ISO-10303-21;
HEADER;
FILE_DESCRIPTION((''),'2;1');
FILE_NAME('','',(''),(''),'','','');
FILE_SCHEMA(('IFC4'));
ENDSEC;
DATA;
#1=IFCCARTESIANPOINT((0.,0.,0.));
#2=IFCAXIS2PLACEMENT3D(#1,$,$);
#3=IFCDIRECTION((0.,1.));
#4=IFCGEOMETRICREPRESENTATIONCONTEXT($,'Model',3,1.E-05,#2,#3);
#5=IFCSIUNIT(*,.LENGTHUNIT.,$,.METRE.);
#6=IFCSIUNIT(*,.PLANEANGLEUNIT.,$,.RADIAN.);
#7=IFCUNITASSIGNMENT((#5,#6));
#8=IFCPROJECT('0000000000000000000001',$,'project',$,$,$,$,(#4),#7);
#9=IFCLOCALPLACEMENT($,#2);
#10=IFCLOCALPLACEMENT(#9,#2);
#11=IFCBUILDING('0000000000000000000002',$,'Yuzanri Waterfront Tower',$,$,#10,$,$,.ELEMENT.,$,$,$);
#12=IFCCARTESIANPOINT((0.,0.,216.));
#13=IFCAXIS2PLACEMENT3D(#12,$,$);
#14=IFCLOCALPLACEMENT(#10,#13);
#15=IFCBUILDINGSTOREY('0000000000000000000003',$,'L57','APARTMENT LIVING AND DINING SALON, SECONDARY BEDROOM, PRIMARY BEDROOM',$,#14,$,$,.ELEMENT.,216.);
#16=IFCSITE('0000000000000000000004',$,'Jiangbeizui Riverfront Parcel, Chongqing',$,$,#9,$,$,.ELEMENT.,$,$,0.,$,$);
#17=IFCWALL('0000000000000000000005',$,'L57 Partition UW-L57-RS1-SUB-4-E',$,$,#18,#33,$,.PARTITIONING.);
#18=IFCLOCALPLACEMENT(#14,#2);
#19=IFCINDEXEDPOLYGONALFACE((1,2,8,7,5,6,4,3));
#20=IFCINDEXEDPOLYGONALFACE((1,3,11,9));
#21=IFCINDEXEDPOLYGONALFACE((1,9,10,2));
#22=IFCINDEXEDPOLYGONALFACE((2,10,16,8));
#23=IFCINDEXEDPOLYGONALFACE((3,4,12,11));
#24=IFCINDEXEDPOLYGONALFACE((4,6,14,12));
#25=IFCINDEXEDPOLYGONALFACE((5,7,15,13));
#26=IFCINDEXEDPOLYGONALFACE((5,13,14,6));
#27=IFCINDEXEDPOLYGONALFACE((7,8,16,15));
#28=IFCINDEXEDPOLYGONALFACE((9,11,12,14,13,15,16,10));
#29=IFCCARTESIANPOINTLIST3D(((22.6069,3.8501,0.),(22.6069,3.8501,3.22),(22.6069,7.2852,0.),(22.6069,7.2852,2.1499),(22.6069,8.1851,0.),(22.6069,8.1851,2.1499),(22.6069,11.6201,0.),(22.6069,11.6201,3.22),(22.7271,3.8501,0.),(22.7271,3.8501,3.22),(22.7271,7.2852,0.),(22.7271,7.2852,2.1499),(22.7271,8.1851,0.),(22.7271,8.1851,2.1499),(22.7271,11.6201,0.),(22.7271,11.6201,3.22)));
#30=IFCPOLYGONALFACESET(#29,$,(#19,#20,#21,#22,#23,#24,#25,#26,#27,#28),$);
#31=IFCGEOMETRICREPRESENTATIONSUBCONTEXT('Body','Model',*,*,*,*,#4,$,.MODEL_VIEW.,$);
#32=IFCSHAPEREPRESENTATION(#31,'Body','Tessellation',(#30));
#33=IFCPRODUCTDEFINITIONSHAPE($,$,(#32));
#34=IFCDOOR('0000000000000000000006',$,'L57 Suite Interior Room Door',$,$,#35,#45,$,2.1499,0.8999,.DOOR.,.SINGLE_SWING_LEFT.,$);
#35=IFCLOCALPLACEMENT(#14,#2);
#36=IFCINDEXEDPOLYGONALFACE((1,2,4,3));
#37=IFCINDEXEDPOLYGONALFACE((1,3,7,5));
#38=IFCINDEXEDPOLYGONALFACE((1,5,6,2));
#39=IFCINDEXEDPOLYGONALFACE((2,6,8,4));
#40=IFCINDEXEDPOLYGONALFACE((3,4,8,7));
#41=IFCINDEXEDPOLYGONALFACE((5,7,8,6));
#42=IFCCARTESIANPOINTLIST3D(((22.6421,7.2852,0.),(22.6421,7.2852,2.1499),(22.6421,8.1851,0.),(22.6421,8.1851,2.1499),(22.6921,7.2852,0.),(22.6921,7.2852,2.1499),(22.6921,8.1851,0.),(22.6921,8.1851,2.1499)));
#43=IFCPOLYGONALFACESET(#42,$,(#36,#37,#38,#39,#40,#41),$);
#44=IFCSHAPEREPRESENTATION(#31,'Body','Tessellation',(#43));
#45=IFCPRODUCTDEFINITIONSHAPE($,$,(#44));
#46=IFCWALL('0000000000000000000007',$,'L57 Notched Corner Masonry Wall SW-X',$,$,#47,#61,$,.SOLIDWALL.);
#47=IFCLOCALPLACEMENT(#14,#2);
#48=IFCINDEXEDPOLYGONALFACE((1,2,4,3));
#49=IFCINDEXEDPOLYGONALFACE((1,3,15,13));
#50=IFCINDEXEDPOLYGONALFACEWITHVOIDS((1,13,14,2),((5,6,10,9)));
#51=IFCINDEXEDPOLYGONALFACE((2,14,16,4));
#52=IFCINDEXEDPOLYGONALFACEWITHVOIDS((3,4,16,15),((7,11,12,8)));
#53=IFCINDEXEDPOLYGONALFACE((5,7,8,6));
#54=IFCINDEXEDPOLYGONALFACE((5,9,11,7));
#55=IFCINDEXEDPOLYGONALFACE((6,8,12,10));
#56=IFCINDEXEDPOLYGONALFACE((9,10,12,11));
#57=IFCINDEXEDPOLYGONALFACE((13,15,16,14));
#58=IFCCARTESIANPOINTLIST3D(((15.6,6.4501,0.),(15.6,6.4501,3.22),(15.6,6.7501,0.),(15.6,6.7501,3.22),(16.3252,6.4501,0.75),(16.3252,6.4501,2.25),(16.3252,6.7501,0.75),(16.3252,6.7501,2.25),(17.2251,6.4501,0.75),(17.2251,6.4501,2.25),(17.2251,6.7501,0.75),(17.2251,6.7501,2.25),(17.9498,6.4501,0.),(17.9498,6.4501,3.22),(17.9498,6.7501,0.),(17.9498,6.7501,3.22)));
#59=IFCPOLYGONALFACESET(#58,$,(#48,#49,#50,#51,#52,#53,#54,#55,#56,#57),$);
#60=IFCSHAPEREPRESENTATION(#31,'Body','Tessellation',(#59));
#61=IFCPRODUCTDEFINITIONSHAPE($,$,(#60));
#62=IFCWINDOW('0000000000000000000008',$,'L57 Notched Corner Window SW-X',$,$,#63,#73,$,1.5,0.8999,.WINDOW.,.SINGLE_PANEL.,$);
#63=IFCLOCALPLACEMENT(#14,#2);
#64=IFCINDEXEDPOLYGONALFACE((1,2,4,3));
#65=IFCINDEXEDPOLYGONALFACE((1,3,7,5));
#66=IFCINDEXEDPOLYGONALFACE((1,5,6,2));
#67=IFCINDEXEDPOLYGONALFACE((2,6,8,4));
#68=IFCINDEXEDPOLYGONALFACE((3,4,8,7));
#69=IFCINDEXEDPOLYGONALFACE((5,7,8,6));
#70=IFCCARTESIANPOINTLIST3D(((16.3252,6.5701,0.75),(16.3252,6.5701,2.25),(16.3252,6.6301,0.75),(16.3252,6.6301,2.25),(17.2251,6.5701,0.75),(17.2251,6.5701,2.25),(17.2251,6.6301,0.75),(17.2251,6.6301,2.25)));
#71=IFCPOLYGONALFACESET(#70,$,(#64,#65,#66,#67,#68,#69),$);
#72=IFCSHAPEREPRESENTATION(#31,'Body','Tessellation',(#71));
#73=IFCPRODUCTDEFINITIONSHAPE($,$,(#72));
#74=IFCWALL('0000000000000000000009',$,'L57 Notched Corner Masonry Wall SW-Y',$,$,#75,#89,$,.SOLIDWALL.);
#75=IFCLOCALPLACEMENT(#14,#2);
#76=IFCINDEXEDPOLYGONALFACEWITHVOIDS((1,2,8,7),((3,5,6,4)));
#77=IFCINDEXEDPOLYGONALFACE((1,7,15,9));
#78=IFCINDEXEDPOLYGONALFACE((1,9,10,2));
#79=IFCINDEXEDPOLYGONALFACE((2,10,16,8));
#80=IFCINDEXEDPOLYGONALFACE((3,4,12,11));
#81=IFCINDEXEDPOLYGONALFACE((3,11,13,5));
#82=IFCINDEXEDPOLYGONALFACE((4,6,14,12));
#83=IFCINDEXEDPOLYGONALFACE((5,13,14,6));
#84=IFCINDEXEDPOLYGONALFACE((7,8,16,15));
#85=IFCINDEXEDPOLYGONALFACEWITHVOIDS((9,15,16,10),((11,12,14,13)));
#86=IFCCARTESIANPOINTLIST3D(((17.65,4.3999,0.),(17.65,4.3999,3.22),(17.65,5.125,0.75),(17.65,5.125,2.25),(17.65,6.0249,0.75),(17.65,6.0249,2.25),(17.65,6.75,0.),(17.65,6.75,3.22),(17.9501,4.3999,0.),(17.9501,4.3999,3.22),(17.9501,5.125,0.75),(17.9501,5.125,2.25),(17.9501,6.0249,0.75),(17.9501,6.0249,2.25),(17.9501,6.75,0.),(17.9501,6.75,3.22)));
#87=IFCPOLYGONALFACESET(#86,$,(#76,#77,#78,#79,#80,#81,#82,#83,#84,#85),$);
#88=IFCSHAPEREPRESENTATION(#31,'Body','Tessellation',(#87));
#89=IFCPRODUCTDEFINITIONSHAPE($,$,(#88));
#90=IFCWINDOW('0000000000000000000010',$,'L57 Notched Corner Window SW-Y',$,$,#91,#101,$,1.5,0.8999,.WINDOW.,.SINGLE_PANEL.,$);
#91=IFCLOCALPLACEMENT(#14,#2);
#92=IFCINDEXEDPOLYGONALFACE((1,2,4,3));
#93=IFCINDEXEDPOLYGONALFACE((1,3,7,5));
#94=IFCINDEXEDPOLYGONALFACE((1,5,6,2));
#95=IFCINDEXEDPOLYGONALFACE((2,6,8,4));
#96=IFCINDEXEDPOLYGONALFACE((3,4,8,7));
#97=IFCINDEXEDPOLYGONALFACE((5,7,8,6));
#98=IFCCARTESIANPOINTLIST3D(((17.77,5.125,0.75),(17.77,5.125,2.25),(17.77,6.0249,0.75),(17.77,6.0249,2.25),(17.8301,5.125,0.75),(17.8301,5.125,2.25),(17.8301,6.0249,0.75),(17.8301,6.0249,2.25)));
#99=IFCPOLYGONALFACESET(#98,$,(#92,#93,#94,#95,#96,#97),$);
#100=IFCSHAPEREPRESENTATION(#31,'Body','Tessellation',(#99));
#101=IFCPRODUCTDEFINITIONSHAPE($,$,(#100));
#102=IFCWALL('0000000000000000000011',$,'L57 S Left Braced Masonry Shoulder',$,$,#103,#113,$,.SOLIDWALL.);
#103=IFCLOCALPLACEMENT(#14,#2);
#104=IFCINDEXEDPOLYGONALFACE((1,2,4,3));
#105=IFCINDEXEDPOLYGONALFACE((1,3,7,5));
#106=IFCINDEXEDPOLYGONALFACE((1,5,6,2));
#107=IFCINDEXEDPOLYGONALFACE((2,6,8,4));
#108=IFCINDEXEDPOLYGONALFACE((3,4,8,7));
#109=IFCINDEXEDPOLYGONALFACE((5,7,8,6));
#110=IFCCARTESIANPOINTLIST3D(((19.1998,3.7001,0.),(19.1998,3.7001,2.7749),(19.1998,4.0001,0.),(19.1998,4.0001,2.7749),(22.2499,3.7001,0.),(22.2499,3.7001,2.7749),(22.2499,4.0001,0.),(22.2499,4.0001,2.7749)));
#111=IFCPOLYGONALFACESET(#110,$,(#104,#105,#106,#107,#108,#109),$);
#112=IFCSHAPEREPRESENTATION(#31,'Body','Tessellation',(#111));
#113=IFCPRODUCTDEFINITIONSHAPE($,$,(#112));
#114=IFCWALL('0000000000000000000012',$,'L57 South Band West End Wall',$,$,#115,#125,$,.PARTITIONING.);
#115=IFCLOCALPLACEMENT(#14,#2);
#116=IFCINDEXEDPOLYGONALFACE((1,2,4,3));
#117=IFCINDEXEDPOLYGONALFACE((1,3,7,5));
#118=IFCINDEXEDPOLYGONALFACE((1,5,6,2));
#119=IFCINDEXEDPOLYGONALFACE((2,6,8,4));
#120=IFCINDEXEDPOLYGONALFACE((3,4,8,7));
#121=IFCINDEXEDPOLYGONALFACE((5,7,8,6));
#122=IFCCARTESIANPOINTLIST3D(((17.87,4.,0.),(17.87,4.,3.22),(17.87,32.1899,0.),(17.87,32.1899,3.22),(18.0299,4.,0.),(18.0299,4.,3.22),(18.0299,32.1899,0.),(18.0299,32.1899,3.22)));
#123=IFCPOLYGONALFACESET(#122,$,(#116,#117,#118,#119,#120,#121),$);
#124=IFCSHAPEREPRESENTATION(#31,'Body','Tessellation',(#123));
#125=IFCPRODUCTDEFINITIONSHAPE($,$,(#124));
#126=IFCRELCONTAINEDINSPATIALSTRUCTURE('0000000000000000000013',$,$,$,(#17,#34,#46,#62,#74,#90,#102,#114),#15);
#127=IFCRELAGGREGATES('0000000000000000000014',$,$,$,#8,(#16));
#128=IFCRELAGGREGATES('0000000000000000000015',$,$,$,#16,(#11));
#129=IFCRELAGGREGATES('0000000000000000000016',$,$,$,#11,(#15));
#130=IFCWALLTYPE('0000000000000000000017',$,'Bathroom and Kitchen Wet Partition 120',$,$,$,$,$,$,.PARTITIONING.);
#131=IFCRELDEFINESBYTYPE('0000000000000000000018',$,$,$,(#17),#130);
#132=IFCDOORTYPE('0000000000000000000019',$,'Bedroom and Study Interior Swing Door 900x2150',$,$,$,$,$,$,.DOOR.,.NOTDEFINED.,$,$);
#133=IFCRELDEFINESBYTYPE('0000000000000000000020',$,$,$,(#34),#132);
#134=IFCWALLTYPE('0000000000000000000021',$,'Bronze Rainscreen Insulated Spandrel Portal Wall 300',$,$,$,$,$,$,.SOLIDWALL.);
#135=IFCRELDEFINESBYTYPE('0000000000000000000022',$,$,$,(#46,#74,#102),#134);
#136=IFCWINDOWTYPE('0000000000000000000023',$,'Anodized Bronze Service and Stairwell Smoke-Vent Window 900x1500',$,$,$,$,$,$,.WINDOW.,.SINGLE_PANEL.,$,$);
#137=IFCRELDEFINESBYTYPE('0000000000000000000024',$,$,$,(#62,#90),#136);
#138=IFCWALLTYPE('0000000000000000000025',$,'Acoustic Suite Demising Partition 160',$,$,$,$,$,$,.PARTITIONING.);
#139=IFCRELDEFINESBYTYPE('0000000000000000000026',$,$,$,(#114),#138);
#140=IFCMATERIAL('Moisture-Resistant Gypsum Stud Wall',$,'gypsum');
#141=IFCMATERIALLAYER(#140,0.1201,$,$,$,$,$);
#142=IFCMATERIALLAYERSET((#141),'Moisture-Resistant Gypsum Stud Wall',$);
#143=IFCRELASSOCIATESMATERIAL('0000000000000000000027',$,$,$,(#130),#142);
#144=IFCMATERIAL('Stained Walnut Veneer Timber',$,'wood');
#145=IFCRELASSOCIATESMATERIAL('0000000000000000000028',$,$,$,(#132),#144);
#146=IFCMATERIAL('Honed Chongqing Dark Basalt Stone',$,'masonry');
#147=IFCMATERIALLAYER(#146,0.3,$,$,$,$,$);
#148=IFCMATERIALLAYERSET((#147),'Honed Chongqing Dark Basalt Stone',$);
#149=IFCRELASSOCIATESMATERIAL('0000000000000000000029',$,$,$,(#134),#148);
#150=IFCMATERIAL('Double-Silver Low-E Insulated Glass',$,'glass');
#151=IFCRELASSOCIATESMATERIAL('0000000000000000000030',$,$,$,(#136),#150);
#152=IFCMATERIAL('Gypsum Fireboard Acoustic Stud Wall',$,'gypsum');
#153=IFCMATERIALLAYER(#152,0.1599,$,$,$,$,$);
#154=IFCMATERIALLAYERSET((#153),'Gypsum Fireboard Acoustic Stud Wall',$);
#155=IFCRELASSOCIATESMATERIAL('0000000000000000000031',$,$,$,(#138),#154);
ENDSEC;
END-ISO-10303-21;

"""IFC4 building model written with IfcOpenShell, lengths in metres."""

from ifc_helpers import new_model, si_unit, direction, frame, frame_2d, origin, place, context, subcontext, project, spatial, rectangle, extrude, source, transform, mapped, material, layer, layer_set, type_object, element, fill, save


model = new_model("IFC4")

# Units and contexts
model_context = context("Model", 3, precision=1e-05, world=origin(), true_north=direction((0.0, 1.0)))
body_context = subcontext(model_context, "Body", "Model", "MODEL_VIEW")
ifc_project = project(units=[si_unit("LENGTHUNIT", "METRE"), si_unit("PLANEANGLEUNIT", "RADIAN")], contexts=[model_context])

# Site, building, storey
site_placement = place(None, origin())
site = spatial("IfcSite", under=ifc_project, at=site_placement, Name="Jiangbeizui Riverfront Parcel, Chongqing", CompositionType="ELEMENT", RefElevation=0.0)
building_placement = place(site_placement, origin())
building = spatial("IfcBuilding", under=site, at=building_placement, Name="Yuzanri Waterfront Tower", CompositionType="ELEMENT")
storey_placement = place(building_placement, frame((0.0, 0.0, 216.0)))
storey = spatial("IfcBuildingStorey", under=building, at=storey_placement, Name="L57", Description="APARTMENT LIVING AND DINING SALON, SECONDARY BEDROOM, PRIMARY BEDROOM", CompositionType="ELEMENT", Elevation=216.0)

# Wall, opening, door
ifc_material_1 = material(Name="Moisture-Resistant Gypsum Stud Wall", Category="gypsum")
ifc_layer_1 = layer(ifc_material_1, 0.1201)
ifc_layer_set_1 = layer_set([ifc_layer_1], Name="Moisture-Resistant Gypsum Stud Wall")
wall_type_1 = type_object("IfcWallType", Name="Bathroom and Kitchen Wet Partition 120", PredefinedType="PARTITIONING", material=ifc_layer_set_1)
wall_1_placement = place(storey_placement, frame((22.667, 3.8501, 0.0), z_axis=(0.0, 0.0, 1.0), x_axis=(0.0, 1.0, 0.0)))
wall_1 = element("IfcWall", 1, at=wall_1_placement, inside=storey, type_object=wall_type_1, Name="L57 Partition UW-L57-RS1-SUB-4-E", PredefinedType="PARTITIONING", context=body_context, shape_type="SweptSolid", body=[
    extrude(rectangle(XDim=7.77, YDim=0.1201, at=frame_2d((3.885, 0.0))), origin(), (0.0, 0.0, 1.0), 3.22),
])
opening_1_placement = place(wall_1_placement, frame((3.4351, 0.0, 0.0)))
opening_1 = element("IfcOpeningElement", 2, at=opening_1_placement, cuts=wall_1, PredefinedType="OPENING", context=body_context, shape_type="SweptSolid", body=[
    extrude(rectangle(XDim=0.8999, YDim=2.1499, at=frame_2d((0.45, 1.075))), frame((0.0, 0.075, 0.0), z_axis=(0.0, -1.0, 0.0), x_axis=(1.0, 0.0, 0.0)), (0.0, 0.0, 1.0), 0.1499),
])
ifc_material_2 = material(Name="Stained Walnut Veneer Timber", Category="wood")
door_type = type_object("IfcDoorType", Name="Bedroom and Study Interior Swing Door 900x2150", OperationType="NOTDEFINED", PredefinedType="DOOR", material=ifc_material_2)
shared_shape_1 = source(origin(), body_context, "Body", "SweptSolid", [
    extrude(rectangle(XDim=0.8999, YDim=2.1499, at=frame_2d((0.45, 1.075))), frame((0.0, 0.0249, 0.0), z_axis=(0.0, -1.0, 0.0), x_axis=(1.0, 0.0, 0.0)), (0.0, 0.0, 1.0), 0.05),
])
door_placement = place(opening_1_placement, origin())
door = element("IfcDoor", 3, at=door_placement, inside=storey, type_object=door_type, Name="L57 Suite Interior Room Door", OperationType="SINGLE_SWING_LEFT", OverallHeight=2.1499, OverallWidth=0.8999, PredefinedType="DOOR", context=body_context, shape_type="MappedRepresentation", body=[
    mapped(shared_shape_1, transform((0.0, 0.0, 0.0), scale=1.0)),
])
fill(opening_1, door)

# Walls, openings, windows
ifc_material_3 = material(Name="Honed Chongqing Dark Basalt Stone", Category="masonry")
ifc_layer_2 = layer(ifc_material_3, 0.3)
ifc_layer_set_2 = layer_set([ifc_layer_2], Name="Honed Chongqing Dark Basalt Stone")
wall_type_2 = type_object("IfcWallType", Name="Bronze Rainscreen Insulated Spandrel Portal Wall 300", PredefinedType="SOLIDWALL", material=ifc_layer_set_2)
wall_2_placement = place(storey_placement, frame((15.6001, 6.6001, 0.0), z_axis=(0.0, 0.0, 1.0), x_axis=(1.0, 0.0, 0.0)))
wall_2 = element("IfcWall", 4, at=wall_2_placement, inside=storey, type_object=wall_type_2, Name="L57 Notched Corner Masonry Wall SW-X", PredefinedType="SOLIDWALL", context=body_context, shape_type="SweptSolid", body=[
    extrude(rectangle(XDim=2.3499, YDim=0.3, at=frame_2d((1.1748, 0.0))), origin(), (0.0, 0.0, 1.0), 3.22),
])
opening_2_placement = place(wall_2_placement, frame((0.7251, 0.0, 0.75)))
opening_2 = element("IfcOpeningElement", 5, at=opening_2_placement, cuts=wall_2, PredefinedType="OPENING", context=body_context, shape_type="SweptSolid", body=[
    extrude(rectangle(XDim=0.8999, YDim=1.5, at=frame_2d((0.45, 0.75))), frame((0.0, 0.165, 0.0), z_axis=(0.0, -1.0, 0.0), x_axis=(1.0, 0.0, 0.0)), (0.0, 0.0, 1.0), 0.3298),
])
ifc_material_4 = material(Name="Double-Silver Low-E Insulated Glass", Category="glass")
window_type = type_object("IfcWindowType", Name="Anodized Bronze Service and Stairwell Smoke-Vent Window 900x1500", PartitioningType="SINGLE_PANEL", PredefinedType="WINDOW", material=ifc_material_4)
shared_shape_2 = source(origin(), body_context, "Body", "SweptSolid", [
    extrude(rectangle(XDim=0.8999, YDim=1.5, at=frame_2d((0.45, 0.75))), frame((0.0, 0.03, 0.0), z_axis=(0.0, -1.0, 0.0), x_axis=(1.0, 0.0, 0.0)), (0.0, 0.0, 1.0), 0.0601),
])
window_1_placement = place(opening_2_placement, origin())
window_1 = element("IfcWindow", 6, at=window_1_placement, inside=storey, type_object=window_type, Name="L57 Notched Corner Window SW-X", OverallHeight=1.5, OverallWidth=0.8999, PartitioningType="SINGLE_PANEL", PredefinedType="WINDOW", context=body_context, shape_type="MappedRepresentation", body=[
    mapped(shared_shape_2, transform((0.0, 0.0, 0.0), scale=1.0)),
])
fill(opening_2, window_1)
wall_3_placement = place(storey_placement, frame((17.8, 6.75, 0.0), z_axis=(0.0, 0.0, 1.0), x_axis=(0.0, -1.0, 0.0)))
wall_3 = element("IfcWall", 7, at=wall_3_placement, inside=storey, type_object=wall_type_2, Name="L57 Notched Corner Masonry Wall SW-Y", PredefinedType="SOLIDWALL", context=body_context, shape_type="SweptSolid", body=[
    extrude(rectangle(XDim=2.3501, YDim=0.3, at=frame_2d((1.175, 0.0))), origin(), (0.0, 0.0, 1.0), 3.22),
])
opening_3_placement = place(wall_3_placement, frame((0.7251, 0.0, 0.75)))
opening_3 = element("IfcOpeningElement", 8, at=opening_3_placement, cuts=wall_3, PredefinedType="OPENING", context=body_context, shape_type="SweptSolid", body=[
    extrude(rectangle(XDim=0.8999, YDim=1.5, at=frame_2d((0.45, 0.75))), frame((0.0, 0.165, 0.0), z_axis=(0.0, -1.0, 0.0), x_axis=(1.0, 0.0, 0.0)), (0.0, 0.0, 1.0), 0.3298),
])
window_2_placement = place(opening_3_placement, origin())
window_2 = element("IfcWindow", 9, at=window_2_placement, inside=storey, type_object=window_type, Name="L57 Notched Corner Window SW-Y", OverallHeight=1.5, OverallWidth=0.8999, PartitioningType="SINGLE_PANEL", PredefinedType="WINDOW", context=body_context, shape_type="MappedRepresentation", body=[
    mapped(shared_shape_2, transform((0.0, 0.0, 0.0), scale=1.0)),
])
fill(opening_3, window_2)

# Walls
shared_shape_3 = source(origin(), body_context, "Body", "SweptSolid", [
    extrude(rectangle(XDim=3.05, YDim=0.3, at=frame_2d((1.5249, 0.0))), origin(), (0.0, 0.0, 1.0), 2.7749),
])
wall_4_placement = place(storey_placement, frame((19.2, 3.8501, 0.0), z_axis=(0.0, 0.0, 1.0), x_axis=(1.0, 0.0, 0.0)))
element("IfcWall", 10, at=wall_4_placement, inside=storey, type_object=wall_type_2, Name="L57 S Left Braced Masonry Shoulder", PredefinedType="SOLIDWALL", context=body_context, shape_type="MappedRepresentation", body=[
    mapped(shared_shape_3, transform((0.0, 0.0, 0.0), scale=1.0)),
])
ifc_material_5 = material(Name="Gypsum Fireboard Acoustic Stud Wall", Category="gypsum")
ifc_layer_3 = layer(ifc_material_5, 0.1599)
ifc_layer_set_3 = layer_set([ifc_layer_3], Name="Gypsum Fireboard Acoustic Stud Wall")
wall_type_3 = type_object("IfcWallType", Name="Acoustic Suite Demising Partition 160", PredefinedType="PARTITIONING", material=ifc_layer_set_3)
shared_shape_4 = source(origin(), body_context, "Body", "SweptSolid", [
    extrude(rectangle(XDim=28.1899, YDim=0.1599, at=frame_2d((14.095, 0.0))), origin(), (0.0, 0.0, 1.0), 3.22),
])
wall_5_placement = place(storey_placement, frame((17.95, 4.0, 0.0), z_axis=(0.0, 0.0, 1.0), x_axis=(0.0, 1.0, 0.0)))
element("IfcWall", 11, at=wall_5_placement, inside=storey, type_object=wall_type_3, Name="L57 South Band West End Wall", PredefinedType="PARTITIONING", context=body_context, shape_type="MappedRepresentation", body=[
    mapped(shared_shape_4, transform((0.0, 0.0, 0.0), scale=1.0)),
])

save(model, "model.ifc")
